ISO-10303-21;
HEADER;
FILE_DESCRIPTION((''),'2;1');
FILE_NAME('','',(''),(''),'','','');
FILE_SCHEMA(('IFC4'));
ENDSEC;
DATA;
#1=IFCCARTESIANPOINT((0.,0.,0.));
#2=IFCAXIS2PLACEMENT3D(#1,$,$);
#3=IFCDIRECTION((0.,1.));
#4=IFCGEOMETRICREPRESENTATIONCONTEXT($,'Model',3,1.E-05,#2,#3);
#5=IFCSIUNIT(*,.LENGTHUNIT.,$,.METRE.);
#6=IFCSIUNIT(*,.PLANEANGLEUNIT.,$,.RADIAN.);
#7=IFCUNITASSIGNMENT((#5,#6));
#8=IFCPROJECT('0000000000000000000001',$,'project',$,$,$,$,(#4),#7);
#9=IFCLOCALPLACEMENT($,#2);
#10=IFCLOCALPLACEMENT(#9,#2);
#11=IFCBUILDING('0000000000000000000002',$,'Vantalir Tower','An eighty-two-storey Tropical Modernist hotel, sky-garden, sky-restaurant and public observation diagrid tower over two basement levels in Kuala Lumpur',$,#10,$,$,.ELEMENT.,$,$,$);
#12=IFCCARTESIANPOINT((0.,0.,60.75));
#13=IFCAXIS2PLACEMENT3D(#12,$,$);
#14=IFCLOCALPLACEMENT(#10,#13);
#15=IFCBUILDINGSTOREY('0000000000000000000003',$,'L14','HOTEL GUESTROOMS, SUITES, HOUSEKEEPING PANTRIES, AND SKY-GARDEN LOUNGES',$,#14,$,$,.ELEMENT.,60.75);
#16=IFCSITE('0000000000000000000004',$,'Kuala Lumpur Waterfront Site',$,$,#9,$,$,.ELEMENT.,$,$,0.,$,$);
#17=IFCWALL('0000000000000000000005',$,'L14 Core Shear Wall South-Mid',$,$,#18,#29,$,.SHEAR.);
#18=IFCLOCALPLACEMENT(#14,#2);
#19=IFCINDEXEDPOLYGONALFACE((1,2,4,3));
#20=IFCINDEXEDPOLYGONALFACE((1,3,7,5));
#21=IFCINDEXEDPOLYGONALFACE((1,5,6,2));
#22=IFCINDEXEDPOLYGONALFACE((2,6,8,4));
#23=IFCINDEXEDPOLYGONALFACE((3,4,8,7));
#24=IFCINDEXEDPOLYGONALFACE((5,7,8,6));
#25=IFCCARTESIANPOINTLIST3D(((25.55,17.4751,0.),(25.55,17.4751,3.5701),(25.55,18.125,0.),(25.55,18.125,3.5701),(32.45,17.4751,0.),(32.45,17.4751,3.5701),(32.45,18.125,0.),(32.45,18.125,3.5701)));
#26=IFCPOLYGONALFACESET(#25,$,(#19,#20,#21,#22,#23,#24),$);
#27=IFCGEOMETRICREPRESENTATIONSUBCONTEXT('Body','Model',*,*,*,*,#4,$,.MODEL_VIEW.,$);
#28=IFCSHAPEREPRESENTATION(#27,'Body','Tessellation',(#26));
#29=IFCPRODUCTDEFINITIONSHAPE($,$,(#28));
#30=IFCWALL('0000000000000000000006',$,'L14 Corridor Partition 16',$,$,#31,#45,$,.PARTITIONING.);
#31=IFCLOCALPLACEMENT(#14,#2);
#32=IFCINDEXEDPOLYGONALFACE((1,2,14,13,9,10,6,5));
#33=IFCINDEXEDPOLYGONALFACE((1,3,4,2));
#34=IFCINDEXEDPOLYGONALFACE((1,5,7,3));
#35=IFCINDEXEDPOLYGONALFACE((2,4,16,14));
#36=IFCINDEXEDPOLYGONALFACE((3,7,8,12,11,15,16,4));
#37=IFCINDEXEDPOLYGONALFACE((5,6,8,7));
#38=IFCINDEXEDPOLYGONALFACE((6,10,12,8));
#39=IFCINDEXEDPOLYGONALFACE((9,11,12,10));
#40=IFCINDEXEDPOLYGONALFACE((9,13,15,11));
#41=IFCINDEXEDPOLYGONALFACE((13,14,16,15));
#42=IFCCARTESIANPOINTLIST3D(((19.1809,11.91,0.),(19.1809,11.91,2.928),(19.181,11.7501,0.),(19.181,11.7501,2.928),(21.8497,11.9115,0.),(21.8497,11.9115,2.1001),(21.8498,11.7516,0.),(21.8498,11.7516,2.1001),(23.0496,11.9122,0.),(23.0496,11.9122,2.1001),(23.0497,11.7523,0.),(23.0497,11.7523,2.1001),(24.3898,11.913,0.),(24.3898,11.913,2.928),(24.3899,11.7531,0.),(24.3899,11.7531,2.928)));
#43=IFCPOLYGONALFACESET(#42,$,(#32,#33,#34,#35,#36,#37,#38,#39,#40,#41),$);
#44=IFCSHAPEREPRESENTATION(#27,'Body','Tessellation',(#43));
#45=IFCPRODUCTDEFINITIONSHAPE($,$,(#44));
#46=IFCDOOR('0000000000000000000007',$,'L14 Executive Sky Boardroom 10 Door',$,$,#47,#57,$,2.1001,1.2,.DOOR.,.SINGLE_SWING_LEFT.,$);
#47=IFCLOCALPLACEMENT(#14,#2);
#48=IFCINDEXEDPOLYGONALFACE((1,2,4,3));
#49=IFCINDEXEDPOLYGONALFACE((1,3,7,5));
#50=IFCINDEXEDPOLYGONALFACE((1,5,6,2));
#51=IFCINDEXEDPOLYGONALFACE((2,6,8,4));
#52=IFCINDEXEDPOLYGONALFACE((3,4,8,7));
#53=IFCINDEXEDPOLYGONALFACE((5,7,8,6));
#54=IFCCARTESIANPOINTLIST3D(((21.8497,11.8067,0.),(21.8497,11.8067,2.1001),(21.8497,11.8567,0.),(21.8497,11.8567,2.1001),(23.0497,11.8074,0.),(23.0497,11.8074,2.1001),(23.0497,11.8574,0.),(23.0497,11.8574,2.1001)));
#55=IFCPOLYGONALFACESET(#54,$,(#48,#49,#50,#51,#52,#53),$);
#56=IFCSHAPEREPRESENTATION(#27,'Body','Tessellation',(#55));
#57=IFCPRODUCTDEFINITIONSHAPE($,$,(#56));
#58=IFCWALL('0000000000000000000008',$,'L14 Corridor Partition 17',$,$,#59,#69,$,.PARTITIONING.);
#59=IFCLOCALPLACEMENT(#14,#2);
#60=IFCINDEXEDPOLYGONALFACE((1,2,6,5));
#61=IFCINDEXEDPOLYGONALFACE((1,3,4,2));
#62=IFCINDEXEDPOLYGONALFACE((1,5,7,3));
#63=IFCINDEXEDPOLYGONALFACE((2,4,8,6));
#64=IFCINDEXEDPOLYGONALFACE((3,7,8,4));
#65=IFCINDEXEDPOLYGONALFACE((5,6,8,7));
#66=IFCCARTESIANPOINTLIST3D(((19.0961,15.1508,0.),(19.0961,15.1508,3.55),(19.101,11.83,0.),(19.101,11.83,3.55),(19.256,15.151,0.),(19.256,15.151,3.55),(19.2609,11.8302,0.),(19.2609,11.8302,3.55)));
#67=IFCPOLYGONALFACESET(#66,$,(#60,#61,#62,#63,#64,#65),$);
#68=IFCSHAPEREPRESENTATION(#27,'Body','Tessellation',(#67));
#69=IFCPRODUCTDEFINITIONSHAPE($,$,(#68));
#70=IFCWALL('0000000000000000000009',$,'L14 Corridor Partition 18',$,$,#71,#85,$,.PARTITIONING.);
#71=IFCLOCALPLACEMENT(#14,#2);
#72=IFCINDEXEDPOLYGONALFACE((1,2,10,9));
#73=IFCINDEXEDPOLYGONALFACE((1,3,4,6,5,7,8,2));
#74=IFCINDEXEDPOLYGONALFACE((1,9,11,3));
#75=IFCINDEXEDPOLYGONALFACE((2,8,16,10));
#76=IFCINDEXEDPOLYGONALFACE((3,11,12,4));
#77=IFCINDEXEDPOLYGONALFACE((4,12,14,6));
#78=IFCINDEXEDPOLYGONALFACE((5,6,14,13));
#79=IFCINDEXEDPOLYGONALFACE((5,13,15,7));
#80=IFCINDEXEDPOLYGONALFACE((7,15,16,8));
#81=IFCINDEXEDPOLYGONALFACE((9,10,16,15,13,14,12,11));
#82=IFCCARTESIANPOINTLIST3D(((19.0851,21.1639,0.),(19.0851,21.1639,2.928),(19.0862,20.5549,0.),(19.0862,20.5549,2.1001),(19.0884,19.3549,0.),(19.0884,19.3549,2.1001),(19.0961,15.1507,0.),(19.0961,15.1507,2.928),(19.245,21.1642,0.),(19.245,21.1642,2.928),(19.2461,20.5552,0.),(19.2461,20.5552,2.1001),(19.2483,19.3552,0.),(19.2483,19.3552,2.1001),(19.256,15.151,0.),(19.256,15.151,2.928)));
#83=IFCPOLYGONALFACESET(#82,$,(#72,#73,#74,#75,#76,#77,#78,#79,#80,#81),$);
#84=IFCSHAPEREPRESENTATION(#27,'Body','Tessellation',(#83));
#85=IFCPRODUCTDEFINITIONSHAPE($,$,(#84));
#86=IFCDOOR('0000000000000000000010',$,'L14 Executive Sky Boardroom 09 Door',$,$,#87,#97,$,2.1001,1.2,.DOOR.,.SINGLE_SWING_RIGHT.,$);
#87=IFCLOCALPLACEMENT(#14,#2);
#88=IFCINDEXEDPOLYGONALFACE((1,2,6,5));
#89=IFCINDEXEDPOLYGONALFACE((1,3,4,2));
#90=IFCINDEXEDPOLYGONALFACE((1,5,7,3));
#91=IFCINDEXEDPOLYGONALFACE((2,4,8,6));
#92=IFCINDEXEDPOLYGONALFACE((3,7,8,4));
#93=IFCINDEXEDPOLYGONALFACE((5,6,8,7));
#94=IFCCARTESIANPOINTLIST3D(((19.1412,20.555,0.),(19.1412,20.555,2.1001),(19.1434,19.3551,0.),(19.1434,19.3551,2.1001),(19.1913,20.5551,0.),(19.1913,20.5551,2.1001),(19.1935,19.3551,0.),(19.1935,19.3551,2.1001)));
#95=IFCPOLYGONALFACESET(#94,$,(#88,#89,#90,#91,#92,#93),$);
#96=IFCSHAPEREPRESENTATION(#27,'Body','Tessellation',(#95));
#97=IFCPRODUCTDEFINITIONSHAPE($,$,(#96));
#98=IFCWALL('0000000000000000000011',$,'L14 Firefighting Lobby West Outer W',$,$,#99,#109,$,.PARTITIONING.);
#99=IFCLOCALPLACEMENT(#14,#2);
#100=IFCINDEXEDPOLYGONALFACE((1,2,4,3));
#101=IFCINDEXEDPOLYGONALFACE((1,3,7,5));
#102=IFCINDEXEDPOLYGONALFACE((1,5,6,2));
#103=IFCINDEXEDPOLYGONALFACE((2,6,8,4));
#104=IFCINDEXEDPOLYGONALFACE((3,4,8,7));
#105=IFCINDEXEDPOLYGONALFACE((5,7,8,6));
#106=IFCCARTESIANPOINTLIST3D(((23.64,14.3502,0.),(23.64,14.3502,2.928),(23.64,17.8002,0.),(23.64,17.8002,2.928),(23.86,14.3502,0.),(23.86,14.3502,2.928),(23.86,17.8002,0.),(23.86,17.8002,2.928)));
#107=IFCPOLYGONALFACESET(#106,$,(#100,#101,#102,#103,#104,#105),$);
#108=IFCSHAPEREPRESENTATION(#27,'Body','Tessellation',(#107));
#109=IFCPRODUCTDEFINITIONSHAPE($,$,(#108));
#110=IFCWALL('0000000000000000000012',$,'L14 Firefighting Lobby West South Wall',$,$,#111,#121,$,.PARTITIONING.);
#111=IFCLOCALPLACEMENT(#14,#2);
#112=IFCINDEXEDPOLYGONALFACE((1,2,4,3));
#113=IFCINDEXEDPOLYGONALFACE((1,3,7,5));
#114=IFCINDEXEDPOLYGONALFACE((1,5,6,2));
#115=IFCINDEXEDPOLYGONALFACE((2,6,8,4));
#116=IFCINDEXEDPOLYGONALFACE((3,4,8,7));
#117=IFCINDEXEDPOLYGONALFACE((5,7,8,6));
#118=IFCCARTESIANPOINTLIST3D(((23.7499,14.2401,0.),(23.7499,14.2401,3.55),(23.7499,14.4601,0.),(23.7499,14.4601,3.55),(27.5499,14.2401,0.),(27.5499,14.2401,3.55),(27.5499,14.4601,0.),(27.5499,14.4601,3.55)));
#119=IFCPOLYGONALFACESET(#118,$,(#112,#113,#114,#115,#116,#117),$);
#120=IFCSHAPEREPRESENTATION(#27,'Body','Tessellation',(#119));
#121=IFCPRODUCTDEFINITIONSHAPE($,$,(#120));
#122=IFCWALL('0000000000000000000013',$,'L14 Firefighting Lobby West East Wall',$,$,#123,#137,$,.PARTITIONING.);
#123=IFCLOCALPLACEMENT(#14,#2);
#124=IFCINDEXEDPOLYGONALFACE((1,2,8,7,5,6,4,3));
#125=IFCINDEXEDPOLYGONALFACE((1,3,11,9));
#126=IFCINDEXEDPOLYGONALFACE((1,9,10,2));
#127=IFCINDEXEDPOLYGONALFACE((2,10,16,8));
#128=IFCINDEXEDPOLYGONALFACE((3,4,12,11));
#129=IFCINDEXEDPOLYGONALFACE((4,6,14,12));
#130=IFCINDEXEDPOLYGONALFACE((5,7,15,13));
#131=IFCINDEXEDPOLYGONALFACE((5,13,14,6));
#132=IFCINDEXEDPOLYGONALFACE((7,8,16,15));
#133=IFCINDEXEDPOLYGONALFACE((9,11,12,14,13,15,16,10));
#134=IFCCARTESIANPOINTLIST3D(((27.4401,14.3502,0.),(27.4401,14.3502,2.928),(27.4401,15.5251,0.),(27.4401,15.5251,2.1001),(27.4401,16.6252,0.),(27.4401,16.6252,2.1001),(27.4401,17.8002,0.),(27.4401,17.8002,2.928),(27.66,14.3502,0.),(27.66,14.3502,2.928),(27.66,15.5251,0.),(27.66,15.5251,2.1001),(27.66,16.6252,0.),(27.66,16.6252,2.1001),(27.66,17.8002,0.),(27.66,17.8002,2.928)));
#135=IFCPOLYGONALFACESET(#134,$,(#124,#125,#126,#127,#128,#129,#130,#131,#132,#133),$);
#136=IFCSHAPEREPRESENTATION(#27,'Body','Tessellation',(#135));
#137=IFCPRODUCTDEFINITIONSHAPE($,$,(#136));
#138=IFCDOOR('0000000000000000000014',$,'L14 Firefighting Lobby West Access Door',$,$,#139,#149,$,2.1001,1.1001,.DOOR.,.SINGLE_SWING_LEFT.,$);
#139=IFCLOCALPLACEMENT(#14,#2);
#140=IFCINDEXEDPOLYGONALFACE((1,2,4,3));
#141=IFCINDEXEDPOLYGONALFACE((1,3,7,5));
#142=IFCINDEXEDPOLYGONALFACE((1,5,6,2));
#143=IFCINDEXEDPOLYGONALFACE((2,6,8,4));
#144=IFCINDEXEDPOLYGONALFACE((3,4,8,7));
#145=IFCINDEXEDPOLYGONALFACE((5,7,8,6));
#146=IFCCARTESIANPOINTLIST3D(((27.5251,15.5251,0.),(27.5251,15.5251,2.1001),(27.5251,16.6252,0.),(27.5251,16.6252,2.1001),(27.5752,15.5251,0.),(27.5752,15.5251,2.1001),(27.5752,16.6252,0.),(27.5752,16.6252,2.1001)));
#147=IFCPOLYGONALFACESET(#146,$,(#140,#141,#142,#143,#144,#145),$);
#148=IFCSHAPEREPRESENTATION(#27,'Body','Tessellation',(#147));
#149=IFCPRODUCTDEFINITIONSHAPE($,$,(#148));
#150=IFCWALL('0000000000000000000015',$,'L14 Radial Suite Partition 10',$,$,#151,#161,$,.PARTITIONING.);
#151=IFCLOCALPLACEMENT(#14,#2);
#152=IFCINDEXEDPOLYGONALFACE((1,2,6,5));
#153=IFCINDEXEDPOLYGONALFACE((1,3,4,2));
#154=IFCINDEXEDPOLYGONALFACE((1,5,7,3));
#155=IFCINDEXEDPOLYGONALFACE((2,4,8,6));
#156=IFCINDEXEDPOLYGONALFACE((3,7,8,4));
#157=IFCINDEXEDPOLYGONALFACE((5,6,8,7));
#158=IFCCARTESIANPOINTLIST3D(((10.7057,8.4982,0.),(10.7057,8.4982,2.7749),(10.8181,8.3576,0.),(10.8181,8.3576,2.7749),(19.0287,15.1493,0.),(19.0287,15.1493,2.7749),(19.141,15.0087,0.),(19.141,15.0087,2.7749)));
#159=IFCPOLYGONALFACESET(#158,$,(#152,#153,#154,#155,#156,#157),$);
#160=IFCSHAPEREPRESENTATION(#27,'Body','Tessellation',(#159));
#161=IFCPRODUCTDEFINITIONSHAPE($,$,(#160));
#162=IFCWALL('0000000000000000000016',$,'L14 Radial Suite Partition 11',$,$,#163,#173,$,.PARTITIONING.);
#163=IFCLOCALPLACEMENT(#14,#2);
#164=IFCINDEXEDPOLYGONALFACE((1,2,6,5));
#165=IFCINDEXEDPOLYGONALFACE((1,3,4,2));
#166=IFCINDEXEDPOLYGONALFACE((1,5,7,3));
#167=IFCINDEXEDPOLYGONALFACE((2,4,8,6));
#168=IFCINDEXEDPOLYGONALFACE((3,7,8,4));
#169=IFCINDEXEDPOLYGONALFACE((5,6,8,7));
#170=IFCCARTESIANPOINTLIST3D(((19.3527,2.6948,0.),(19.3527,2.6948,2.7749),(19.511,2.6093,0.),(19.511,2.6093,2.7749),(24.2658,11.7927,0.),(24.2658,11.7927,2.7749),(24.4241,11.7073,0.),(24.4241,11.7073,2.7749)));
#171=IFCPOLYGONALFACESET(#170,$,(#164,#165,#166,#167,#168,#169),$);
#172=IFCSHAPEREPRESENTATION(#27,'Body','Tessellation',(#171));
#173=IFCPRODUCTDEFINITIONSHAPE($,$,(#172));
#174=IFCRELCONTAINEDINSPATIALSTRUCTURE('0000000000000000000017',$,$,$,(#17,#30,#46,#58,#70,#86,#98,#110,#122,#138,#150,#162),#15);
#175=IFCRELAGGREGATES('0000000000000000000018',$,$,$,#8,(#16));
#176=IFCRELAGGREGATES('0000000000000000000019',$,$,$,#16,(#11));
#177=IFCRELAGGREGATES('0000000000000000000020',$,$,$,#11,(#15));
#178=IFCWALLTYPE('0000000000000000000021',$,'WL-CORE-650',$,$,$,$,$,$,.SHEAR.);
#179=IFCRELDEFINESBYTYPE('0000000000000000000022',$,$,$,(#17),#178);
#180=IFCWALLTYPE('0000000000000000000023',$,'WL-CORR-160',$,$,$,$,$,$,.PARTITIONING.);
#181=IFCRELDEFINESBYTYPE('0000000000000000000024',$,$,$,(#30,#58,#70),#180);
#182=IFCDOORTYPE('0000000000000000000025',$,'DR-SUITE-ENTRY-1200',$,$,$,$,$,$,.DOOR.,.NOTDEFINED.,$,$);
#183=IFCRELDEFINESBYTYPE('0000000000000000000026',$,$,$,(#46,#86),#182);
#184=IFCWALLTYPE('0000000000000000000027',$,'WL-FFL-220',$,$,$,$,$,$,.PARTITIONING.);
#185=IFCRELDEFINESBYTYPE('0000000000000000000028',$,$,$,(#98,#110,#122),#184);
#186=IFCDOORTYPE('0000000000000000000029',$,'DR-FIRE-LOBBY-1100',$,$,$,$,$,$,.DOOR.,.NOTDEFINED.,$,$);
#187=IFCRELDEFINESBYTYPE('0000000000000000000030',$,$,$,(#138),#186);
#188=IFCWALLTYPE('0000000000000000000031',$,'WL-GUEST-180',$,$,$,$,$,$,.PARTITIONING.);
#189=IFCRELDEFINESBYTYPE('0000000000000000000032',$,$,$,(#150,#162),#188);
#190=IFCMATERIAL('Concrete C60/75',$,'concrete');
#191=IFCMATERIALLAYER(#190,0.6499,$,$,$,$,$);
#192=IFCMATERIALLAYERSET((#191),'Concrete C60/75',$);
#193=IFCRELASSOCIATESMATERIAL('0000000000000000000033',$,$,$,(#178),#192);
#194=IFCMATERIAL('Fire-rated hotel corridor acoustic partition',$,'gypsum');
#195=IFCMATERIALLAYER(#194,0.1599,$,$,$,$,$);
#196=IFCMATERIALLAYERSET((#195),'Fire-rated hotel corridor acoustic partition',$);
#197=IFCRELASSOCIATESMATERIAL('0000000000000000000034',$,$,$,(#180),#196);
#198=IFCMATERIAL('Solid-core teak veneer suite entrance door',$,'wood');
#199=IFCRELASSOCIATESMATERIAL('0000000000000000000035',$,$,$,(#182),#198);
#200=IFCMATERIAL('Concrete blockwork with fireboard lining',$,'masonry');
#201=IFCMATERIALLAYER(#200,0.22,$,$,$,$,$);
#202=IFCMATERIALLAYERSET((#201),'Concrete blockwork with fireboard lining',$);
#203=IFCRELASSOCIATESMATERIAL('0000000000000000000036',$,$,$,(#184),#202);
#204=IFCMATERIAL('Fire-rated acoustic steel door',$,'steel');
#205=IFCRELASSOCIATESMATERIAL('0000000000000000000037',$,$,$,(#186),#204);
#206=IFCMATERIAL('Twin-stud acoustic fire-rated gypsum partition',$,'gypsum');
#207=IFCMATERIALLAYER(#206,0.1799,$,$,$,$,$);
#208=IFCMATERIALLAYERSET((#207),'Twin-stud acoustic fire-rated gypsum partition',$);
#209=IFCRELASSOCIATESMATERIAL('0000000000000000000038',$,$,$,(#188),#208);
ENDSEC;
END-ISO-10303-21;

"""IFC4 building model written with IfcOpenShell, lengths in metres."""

from ifc_helpers import new_model, si_unit, direction, frame, frame_2d, origin, place, context, subcontext, project, spatial, rectangle, extrude, material, layer, layer_set, type_object, element, fill, save


model = new_model("IFC4")

# Units and contexts
model_context = context("Model", 3, precision=1e-05, world=origin(), true_north=direction((0.0, 1.0)))
body_context = subcontext(model_context, "Body", "Model", "MODEL_VIEW")
ifc_project = project(units=[si_unit("LENGTHUNIT", "METRE"), si_unit("PLANEANGLEUNIT", "RADIAN")], contexts=[model_context])

# Site, building, storey
site_placement = place(None, origin())
site = spatial("IfcSite", under=ifc_project, at=site_placement, Name="Kuala Lumpur Waterfront Site", CompositionType="ELEMENT", RefElevation=0.0)
building_placement = place(site_placement, origin())
building = spatial("IfcBuilding", under=site, at=building_placement, Name="Vantalir Tower", Description="An eighty-two-storey Tropical Modernist hotel, sky-garden, sky-restaurant and public observation diagrid tower over two basement levels in Kuala Lumpur", CompositionType="ELEMENT")
storey_placement = place(building_placement, frame((0.0, 0.0, 60.75)))
storey = spatial("IfcBuildingStorey", under=building, at=storey_placement, Name="L14", Description="HOTEL GUESTROOMS, SUITES, HOUSEKEEPING PANTRIES, AND SKY-GARDEN LOUNGES", CompositionType="ELEMENT", Elevation=60.75)

# Shared definitions
ifc_material_1 = material(Name="Concrete C60/75", Category="concrete")

# Wall
ifc_layer_1 = layer(ifc_material_1, 0.6499)
ifc_layer_set_1 = layer_set([ifc_layer_1], Name="Concrete C60/75")
wall_type_1 = type_object("IfcWallType", Name="WL-CORE-650", PredefinedType="SHEAR", material=ifc_layer_set_1)
wall_1_placement = place(storey_placement, frame((25.55, 17.8, 0.0), z_axis=(0.0, 0.0, 1.0), x_axis=(1.0, 0.0, 0.0)))
element("IfcWall", 1, at=wall_1_placement, inside=storey, type_object=wall_type_1, Name="L14 Core Shear Wall South-Mid", PredefinedType="SHEAR", context=body_context, shape_type="SweptSolid", body=[
    extrude(rectangle(XDim=6.8999, YDim=0.6499, at=frame_2d((3.45, 0.0))), origin(), (0.0, 0.0, 1.0), 3.5701),
])

# Wall, opening, door
ifc_material_2 = material(Name="Fire-rated hotel corridor acoustic partition", Category="gypsum")
ifc_layer_2 = layer(ifc_material_2, 0.1599)
ifc_layer_set_2 = layer_set([ifc_layer_2], Name="Fire-rated hotel corridor acoustic partition")
wall_type_2 = type_object("IfcWallType", Name="WL-CORR-160", PredefinedType="PARTITIONING", material=ifc_layer_set_2)
wall_2_placement = place(storey_placement, frame((24.3899, 11.833, 0.0), z_axis=(0.0, 0.0, 1.0), x_axis=(-1.0, -0.000562, 0.0)))
wall_2 = element("IfcWall", 2, at=wall_2_placement, inside=storey, type_object=wall_type_2, Name="L14 Corridor Partition 16", PredefinedType="PARTITIONING", context=body_context, shape_type="SweptSolid", body=[
    extrude(rectangle(XDim=5.209, YDim=0.1599, at=frame_2d((2.6045, 0.0))), origin(), (0.0, 0.0, 1.0), 2.928),
])
opening_1_placement = place(wall_2_placement, frame((1.3401, 0.0, 0.0)))
opening_1 = element("IfcOpeningElement", 3, at=opening_1_placement, cuts=wall_2, PredefinedType="OPENING", context=body_context, shape_type="SweptSolid", body=[
    extrude(rectangle(XDim=1.2, YDim=2.1001, at=frame_2d((0.6001, 1.05))), frame((0.0, 0.0898, 0.0), z_axis=(0.0, -1.0, 0.0), x_axis=(1.0, 0.0, 0.0)), (0.0, 0.0, 1.0), 0.1799),
])
ifc_material_3 = material(Name="Solid-core teak veneer suite entrance door", Category="wood")
door_type_1 = type_object("IfcDoorType", Name="DR-SUITE-ENTRY-1200", OperationType="NOTDEFINED", PredefinedType="DOOR", material=ifc_material_3)
door_1_placement = place(opening_1_placement, origin())
door_1 = element("IfcDoor", 4, at=door_1_placement, inside=storey, type_object=door_type_1, Name="L14 Executive Sky Boardroom 10 Door", OperationType="SINGLE_SWING_LEFT", OverallHeight=2.1001, OverallWidth=1.2, PredefinedType="DOOR", context=body_context, shape_type="SweptSolid", body=[
    extrude(rectangle(XDim=1.2, YDim=2.1001, at=frame_2d((0.6001, 1.05))), frame((0.0, 0.0249, 0.0), z_axis=(0.0, -1.0, 0.0), x_axis=(1.0, 0.0, 0.0)), (0.0, 0.0, 1.0), 0.05),
])
fill(opening_1, door_1)

# Wall
wall_3_placement = place(storey_placement, frame((19.1809, 11.8301, 0.0), z_axis=(0.0, 0.0, 1.0), x_axis=(-0.00147, 0.999999, 0.0)))
element("IfcWall", 5, at=wall_3_placement, inside=storey, type_object=wall_type_2, Name="L14 Corridor Partition 17", PredefinedType="PARTITIONING", context=body_context, shape_type="SweptSolid", body=[
    extrude(rectangle(XDim=3.3208, YDim=0.1599, at=frame_2d((1.6604, 0.0))), origin(), (0.0, 0.0, 1.0), 3.55),
])

# Wall, opening, door
wall_4_placement = place(storey_placement, frame((19.176, 15.1509, 0.0), z_axis=(0.0, 0.0, 1.0), x_axis=(-0.001827, 0.999998, 0.0)))
wall_4 = element("IfcWall", 6, at=wall_4_placement, inside=storey, type_object=wall_type_2, Name="L14 Corridor Partition 18", PredefinedType="PARTITIONING", context=body_context, shape_type="SweptSolid", body=[
    extrude(rectangle(XDim=6.0132, YDim=0.1599, at=frame_2d((3.0066, 0.0))), origin(), (0.0, 0.0, 1.0), 2.928),
])
opening_2_placement = place(wall_4_placement, frame((4.2041, 0.0, 0.0)))
opening_2 = element("IfcOpeningElement", 7, at=opening_2_placement, cuts=wall_4, PredefinedType="OPENING", context=body_context, shape_type="SweptSolid", body=[
    extrude(rectangle(XDim=1.2, YDim=2.1001, at=frame_2d((0.6001, 1.05))), frame((0.0, 0.0898, 0.0), z_axis=(0.0, -1.0, 0.0), x_axis=(1.0, 0.0, 0.0)), (0.0, 0.0, 1.0), 0.1799),
])
door_2_placement = place(opening_2_placement, origin())
door_2 = element("IfcDoor", 8, at=door_2_placement, inside=storey, type_object=door_type_1, Name="L14 Executive Sky Boardroom 09 Door", OperationType="SINGLE_SWING_RIGHT", OverallHeight=2.1001, OverallWidth=1.2, PredefinedType="DOOR", context=body_context, shape_type="SweptSolid", body=[
    extrude(rectangle(XDim=1.2, YDim=2.1001, at=frame_2d((0.6001, 1.05))), frame((0.0, 0.0249, 0.0), z_axis=(0.0, -1.0, 0.0), x_axis=(1.0, 0.0, 0.0)), (0.0, 0.0, 1.0), 0.05),
])
fill(opening_2, door_2)

# Walls
ifc_material_4 = material(Name="Concrete blockwork with fireboard lining", Category="masonry")
ifc_layer_3 = layer(ifc_material_4, 0.22)
ifc_layer_set_3 = layer_set([ifc_layer_3], Name="Concrete blockwork with fireboard lining")
wall_type_3 = type_object("IfcWallType", Name="WL-FFL-220", PredefinedType="PARTITIONING", material=ifc_layer_set_3)
wall_5_placement = place(storey_placement, frame((23.75, 14.3501, 0.0), z_axis=(0.0, 0.0, 1.0), x_axis=(0.0, 1.0, 0.0)))
element("IfcWall", 9, at=wall_5_placement, inside=storey, type_object=wall_type_3, Name="L14 Firefighting Lobby West Outer W", PredefinedType="PARTITIONING", context=body_context, shape_type="SweptSolid", body=[
    extrude(rectangle(XDim=3.45, YDim=0.22, at=frame_2d((1.7251, 0.0))), origin(), (0.0, 0.0, 1.0), 2.928),
])
wall_6_placement = place(storey_placement, frame((23.75, 14.3501, 0.0), z_axis=(0.0, 0.0, 1.0), x_axis=(1.0, 0.0, 0.0)))
element("IfcWall", 10, at=wall_6_placement, inside=storey, type_object=wall_type_3, Name="L14 Firefighting Lobby West South Wall", PredefinedType="PARTITIONING", context=body_context, shape_type="SweptSolid", body=[
    extrude(rectangle(XDim=3.8, YDim=0.22, at=frame_2d((1.8999, 0.0))), origin(), (0.0, 0.0, 1.0), 3.55),
])

# Wall, opening, door
wall_7_placement = place(storey_placement, frame((27.55, 14.3501, 0.0), z_axis=(0.0, 0.0, 1.0), x_axis=(0.0, 1.0, 0.0)))
wall_7 = element("IfcWall", 11, at=wall_7_placement, inside=storey, type_object=wall_type_3, Name="L14 Firefighting Lobby West East Wall", PredefinedType="PARTITIONING", context=body_context, shape_type="SweptSolid", body=[
    extrude(rectangle(XDim=3.45, YDim=0.22, at=frame_2d((1.7251, 0.0))), origin(), (0.0, 0.0, 1.0), 2.928),
])
opening_3_placement = place(wall_7_placement, frame((1.175, 0.0, 0.0)))
opening_3 = element("IfcOpeningElement", 12, at=opening_3_placement, cuts=wall_7, PredefinedType="OPENING", context=body_context, shape_type="SweptSolid", body=[
    extrude(rectangle(XDim=1.1001, YDim=2.1001, at=frame_2d((0.55, 1.05))), frame((0.0, 0.1199, 0.0), z_axis=(0.0, -1.0, 0.0), x_axis=(1.0, 0.0, 0.0)), (0.0, 0.0, 1.0), 0.24),
])
ifc_material_5 = material(Name="Fire-rated acoustic steel door", Category="steel")
door_type_2 = type_object("IfcDoorType", Name="DR-FIRE-LOBBY-1100", OperationType="NOTDEFINED", PredefinedType="DOOR", material=ifc_material_5)
door_3_placement = place(opening_3_placement, origin())
door_3 = element("IfcDoor", 13, at=door_3_placement, inside=storey, type_object=door_type_2, Name="L14 Firefighting Lobby West Access Door", OperationType="SINGLE_SWING_LEFT", OverallHeight=2.1001, OverallWidth=1.1001, PredefinedType="DOOR", context=body_context, shape_type="SweptSolid", body=[
    extrude(rectangle(XDim=1.1001, YDim=2.1001, at=frame_2d((0.55, 1.05))), frame((0.0, 0.0249, 0.0), z_axis=(0.0, -1.0, 0.0), x_axis=(1.0, 0.0, 0.0)), (0.0, 0.0, 1.0), 0.05),
])
fill(opening_3, door_3)

# Walls
ifc_material_6 = material(Name="Twin-stud acoustic fire-rated gypsum partition", Category="gypsum")
ifc_layer_4 = layer(ifc_material_6, 0.1799)
ifc_layer_set_4 = layer_set([ifc_layer_4], Name="Twin-stud acoustic fire-rated gypsum partition")
wall_type_4 = type_object("IfcWallType", Name="WL-GUEST-180", PredefinedType="PARTITIONING", material=ifc_layer_set_4)
wall_8_placement = place(storey_placement, frame((19.085, 15.0791, 0.0), z_axis=(0.0, 0.0, 1.0), x_axis=(-0.781202, -0.624279, 0.0)))
element("IfcWall", 14, at=wall_8_placement, inside=storey, type_object=wall_type_4, Name="L14 Radial Suite Partition 10", PredefinedType="PARTITIONING", context=body_context, shape_type="SweptSolid", body=[
    extrude(rectangle(XDim=10.6541, YDim=0.1799, at=frame_2d((5.3271, 0.0))), origin(), (0.0, 0.0, 1.0), 2.7749),
])
wall_9_placement = place(storey_placement, frame((24.345, 11.75, 0.0), z_axis=(0.0, 0.0, 1.0), x_axis=(-0.475165, -0.879897, 0.0)))
element("IfcWall", 15, at=wall_9_placement, inside=storey, type_object=wall_type_4, Name="L14 Radial Suite Partition 11", PredefinedType="PARTITIONING", context=body_context, shape_type="SweptSolid", body=[
    extrude(rectangle(XDim=10.3398, YDim=0.1799, at=frame_2d((5.1699, 0.0))), origin(), (0.0, 0.0, 1.0), 2.7749),
])

save(model, "model.ifc")
